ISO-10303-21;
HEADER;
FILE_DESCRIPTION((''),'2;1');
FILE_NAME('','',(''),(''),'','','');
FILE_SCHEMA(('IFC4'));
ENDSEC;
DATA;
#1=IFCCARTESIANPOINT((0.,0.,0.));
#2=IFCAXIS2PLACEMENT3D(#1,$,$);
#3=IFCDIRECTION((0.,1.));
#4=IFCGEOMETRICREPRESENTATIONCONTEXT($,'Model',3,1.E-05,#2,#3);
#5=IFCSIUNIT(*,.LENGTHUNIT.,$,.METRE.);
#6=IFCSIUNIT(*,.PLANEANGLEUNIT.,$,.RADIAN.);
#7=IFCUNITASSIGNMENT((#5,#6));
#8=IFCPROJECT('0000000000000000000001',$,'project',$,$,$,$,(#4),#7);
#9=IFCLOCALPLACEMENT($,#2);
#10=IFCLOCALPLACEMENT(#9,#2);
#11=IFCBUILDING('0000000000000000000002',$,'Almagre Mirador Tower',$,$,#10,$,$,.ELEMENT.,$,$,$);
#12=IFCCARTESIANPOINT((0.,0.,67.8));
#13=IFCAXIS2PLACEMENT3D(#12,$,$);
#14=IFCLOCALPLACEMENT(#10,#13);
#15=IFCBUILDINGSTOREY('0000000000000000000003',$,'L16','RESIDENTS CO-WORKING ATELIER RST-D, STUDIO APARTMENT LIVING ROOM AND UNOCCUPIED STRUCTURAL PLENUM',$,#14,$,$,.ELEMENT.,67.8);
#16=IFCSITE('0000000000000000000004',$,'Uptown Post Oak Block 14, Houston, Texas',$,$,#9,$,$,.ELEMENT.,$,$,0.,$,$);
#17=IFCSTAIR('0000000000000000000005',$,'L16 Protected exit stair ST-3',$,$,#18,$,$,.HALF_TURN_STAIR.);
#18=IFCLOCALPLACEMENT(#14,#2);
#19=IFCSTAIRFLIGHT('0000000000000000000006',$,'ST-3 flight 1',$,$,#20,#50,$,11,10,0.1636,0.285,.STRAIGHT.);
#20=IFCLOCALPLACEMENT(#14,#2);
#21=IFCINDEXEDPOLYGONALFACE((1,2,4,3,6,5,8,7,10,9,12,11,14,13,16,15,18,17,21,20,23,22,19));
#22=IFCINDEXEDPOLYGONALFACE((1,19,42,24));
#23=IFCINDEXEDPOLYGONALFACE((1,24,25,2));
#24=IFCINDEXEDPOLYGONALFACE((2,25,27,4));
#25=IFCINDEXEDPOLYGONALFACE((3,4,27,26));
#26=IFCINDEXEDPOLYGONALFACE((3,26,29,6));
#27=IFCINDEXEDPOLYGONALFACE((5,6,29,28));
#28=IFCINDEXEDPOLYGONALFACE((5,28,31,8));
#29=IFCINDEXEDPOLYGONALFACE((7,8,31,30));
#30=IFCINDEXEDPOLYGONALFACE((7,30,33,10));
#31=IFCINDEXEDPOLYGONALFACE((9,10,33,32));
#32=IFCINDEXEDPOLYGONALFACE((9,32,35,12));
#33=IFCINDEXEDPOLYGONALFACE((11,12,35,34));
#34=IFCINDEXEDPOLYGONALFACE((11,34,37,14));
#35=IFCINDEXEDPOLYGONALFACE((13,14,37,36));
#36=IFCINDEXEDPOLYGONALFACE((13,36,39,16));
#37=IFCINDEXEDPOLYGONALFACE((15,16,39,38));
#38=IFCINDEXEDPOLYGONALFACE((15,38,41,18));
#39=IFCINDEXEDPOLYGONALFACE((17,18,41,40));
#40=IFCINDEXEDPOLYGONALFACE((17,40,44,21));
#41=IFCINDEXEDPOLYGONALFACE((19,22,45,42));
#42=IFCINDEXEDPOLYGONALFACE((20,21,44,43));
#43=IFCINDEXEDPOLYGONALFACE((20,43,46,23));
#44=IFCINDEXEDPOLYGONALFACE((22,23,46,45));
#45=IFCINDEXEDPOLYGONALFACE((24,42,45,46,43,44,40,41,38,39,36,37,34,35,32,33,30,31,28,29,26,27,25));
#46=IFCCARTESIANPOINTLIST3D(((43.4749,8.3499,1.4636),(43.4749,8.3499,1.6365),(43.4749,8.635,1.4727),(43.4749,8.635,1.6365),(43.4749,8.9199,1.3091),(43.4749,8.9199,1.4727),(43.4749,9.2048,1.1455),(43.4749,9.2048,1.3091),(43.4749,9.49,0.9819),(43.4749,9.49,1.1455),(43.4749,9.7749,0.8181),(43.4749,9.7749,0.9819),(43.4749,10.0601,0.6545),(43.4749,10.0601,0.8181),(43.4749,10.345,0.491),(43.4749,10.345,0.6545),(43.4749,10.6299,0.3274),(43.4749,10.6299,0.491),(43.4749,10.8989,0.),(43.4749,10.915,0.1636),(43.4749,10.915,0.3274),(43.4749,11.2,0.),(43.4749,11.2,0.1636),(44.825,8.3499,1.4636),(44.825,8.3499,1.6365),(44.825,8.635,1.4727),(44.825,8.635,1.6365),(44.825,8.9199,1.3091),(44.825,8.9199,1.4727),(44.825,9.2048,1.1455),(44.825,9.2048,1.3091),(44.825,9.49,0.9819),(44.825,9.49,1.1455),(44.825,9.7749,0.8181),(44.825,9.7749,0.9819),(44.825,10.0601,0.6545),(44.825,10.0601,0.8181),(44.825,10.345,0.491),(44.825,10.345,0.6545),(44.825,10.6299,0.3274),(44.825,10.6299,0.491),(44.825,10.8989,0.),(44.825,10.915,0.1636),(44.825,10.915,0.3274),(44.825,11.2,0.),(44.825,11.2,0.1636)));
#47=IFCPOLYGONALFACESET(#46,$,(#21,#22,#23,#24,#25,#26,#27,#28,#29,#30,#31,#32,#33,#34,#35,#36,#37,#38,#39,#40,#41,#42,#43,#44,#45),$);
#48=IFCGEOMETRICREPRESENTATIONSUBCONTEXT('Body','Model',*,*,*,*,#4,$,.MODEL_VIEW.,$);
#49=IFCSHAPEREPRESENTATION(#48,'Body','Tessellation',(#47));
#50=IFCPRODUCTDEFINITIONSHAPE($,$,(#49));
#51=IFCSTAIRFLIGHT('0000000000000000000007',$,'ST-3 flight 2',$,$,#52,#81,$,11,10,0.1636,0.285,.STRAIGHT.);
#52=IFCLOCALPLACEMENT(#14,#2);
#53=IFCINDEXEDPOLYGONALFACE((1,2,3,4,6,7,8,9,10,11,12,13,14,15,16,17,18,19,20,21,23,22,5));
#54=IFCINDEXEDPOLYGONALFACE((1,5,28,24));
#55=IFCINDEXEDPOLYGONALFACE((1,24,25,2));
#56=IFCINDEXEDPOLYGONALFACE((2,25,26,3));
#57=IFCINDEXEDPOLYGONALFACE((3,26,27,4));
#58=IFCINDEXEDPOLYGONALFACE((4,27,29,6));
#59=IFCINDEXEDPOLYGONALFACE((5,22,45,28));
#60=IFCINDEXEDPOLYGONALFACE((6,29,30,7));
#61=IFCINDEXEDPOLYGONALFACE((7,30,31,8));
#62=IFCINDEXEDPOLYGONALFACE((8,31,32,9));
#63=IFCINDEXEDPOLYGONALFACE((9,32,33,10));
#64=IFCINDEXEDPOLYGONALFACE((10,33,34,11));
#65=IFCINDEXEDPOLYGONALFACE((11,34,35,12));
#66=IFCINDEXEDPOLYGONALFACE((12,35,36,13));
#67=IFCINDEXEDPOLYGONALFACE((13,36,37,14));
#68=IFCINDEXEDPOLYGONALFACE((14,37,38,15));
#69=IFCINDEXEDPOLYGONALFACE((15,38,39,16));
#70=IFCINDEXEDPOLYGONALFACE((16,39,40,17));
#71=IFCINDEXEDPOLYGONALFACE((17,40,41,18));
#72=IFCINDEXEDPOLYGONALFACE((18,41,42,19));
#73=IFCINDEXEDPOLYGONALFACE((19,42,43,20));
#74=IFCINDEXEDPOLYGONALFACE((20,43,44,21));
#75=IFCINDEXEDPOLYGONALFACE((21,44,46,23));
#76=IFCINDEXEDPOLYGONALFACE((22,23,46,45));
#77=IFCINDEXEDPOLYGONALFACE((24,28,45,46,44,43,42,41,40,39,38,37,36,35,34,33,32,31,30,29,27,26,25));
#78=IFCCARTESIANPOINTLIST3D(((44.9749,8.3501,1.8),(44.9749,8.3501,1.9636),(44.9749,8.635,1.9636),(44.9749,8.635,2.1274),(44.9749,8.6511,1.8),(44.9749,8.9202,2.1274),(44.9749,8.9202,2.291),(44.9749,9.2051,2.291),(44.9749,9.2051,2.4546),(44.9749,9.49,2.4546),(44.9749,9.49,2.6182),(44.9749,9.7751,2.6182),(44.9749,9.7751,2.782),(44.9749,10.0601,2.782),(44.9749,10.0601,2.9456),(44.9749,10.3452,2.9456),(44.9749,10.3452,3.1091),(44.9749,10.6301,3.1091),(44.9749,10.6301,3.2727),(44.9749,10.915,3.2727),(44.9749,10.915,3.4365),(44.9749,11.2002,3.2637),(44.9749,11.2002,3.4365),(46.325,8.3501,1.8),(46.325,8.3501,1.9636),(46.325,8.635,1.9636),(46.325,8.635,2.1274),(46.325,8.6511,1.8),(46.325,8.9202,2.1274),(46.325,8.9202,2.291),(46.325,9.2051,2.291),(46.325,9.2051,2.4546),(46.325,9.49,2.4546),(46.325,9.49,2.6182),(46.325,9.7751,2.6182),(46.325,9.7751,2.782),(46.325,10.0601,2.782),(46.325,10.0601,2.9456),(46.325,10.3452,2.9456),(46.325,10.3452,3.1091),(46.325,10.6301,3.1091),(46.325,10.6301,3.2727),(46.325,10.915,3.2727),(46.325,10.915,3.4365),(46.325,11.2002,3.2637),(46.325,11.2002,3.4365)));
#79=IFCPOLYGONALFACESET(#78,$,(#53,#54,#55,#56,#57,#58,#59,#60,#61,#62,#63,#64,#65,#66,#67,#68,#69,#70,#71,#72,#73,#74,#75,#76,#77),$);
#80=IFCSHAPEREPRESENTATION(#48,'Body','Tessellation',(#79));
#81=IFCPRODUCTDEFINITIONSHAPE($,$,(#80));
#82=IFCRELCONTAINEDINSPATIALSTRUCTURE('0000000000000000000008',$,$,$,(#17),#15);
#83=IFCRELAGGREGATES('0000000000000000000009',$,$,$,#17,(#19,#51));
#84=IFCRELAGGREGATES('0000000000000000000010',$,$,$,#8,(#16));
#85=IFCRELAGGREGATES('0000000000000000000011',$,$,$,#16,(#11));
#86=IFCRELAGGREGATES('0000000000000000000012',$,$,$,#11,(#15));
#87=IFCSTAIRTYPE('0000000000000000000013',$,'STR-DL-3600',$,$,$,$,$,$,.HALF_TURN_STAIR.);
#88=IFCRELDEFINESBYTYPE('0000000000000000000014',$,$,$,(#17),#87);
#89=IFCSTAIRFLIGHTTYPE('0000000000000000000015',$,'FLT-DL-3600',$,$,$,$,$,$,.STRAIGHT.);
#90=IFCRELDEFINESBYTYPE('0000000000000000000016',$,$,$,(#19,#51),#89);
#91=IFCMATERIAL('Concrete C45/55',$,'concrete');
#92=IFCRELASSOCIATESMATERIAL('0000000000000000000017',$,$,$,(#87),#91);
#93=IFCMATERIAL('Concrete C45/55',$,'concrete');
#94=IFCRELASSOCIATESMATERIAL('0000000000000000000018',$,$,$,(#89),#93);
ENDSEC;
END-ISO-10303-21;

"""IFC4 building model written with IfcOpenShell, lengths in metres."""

from ifc_helpers import new_model, si_unit, direction, frame, origin, place, context, subcontext, project, spatial, polyline, outline, extrude, material, type_object, element, aggregate, save


model = new_model("IFC4")

# Units and contexts
model_context = context("Model", 3, precision=1e-05, world=origin(), true_north=direction((0.0, 1.0)))
body_context = subcontext(model_context, "Body", "Model", "MODEL_VIEW")
ifc_project = project(units=[si_unit("LENGTHUNIT", "METRE"), si_unit("PLANEANGLEUNIT", "RADIAN")], contexts=[model_context])

# Site, building, storey
site_placement = place(None, origin())
site = spatial("IfcSite", under=ifc_project, at=site_placement, Name="Uptown Post Oak Block 14, Houston, Texas", CompositionType="ELEMENT", RefElevation=0.0)
building_placement = place(site_placement, origin())
building = spatial("IfcBuilding", under=site, at=building_placement, Name="Almagre Mirador Tower", CompositionType="ELEMENT")
storey_placement = place(building_placement, frame((0.0, 0.0, 67.8)))
storey = spatial("IfcBuildingStorey", under=building, at=storey_placement, Name="L16", Description="RESIDENTS CO-WORKING ATELIER RST-D, STUDIO APARTMENT LIVING ROOM AND UNOCCUPIED STRUCTURAL PLENUM", CompositionType="ELEMENT", Elevation=67.8)

# Stair, stair flights
ifc_material_1 = material(Name="Concrete C45/55", Category="concrete")
stair_type = type_object("IfcStairType", Name="STR-DL-3600", PredefinedType="HALF_TURN_STAIR", material=ifc_material_1)
ifc_material_2 = material(Name="Concrete C45/55", Category="concrete")
stair_flight_type = type_object("IfcStairFlightType", Name="FLT-DL-3600", PredefinedType="STRAIGHT", material=ifc_material_2)
stair_1_placement = place(storey_placement, origin())
stair_1 = element("IfcStair", 1, at=stair_1_placement, inside=storey, type_object=stair_type, Name="L16 Protected exit stair ST-3", PredefinedType="HALF_TURN_STAIR")
stair_flight_1_placement = place(storey_placement, frame((44.1499, 11.2, 0.0), z_axis=(0.0, 0.0, 1.0), x_axis=(0.0, -1.0, 0.0)))
stair_flight_1 = element("IfcStairFlight", 2, at=stair_flight_1_placement, type_object=stair_flight_type, Name="ST-3 flight 1", NumberOfRisers=11, NumberOfTreads=10, PredefinedType="STRAIGHT", RiserHeight=0.1636, TreadLength=0.285, context=body_context, shape_type="SweptSolid", body=[
    extrude(outline(polyline([(0.0, 0.0), (0.0, 0.1636), (0.2849, 0.1636), (0.2849, 0.3274), (0.5701, 0.3274), (0.5701, 0.491), (0.855, 0.491), (0.855, 0.6545), (1.1399, 0.6545), (1.1399, 0.8181), (1.425, 0.8181), (1.425, 0.9819), (1.71, 0.9819), (1.71, 1.1455), (1.9951, 1.1455), (1.9951, 1.3091), (2.28, 1.3091), (2.28, 1.4727), (2.5649, 1.4727), (2.5649, 1.6365), (2.8501, 1.6365), (2.8501, 1.8), (2.8501, 1.4636), (0.301, 0.0), (0.0, 0.0)])), frame((0.0, 0.675, 0.0), z_axis=(0.0, -1.0, 0.0), x_axis=(1.0, 0.0, 0.0)), (0.0, 0.0, 1.0), 1.3501),
])
stair_flight_2_placement = place(storey_placement, frame((45.6499, 8.3501, 1.8), z_axis=(0.0, 0.0, 1.0), x_axis=(0.0, 1.0, 0.0)))
stair_flight_2 = element("IfcStairFlight", 3, at=stair_flight_2_placement, type_object=stair_flight_type, Name="ST-3 flight 2", NumberOfRisers=11, NumberOfTreads=10, PredefinedType="STRAIGHT", RiserHeight=0.1636, TreadLength=0.285, context=body_context, shape_type="SweptSolid", body=[
    extrude(outline(polyline([(0.0, 0.0), (0.0, 0.1636), (0.2849, 0.1636), (0.2849, 0.3274), (0.5701, 0.3274), (0.5701, 0.491), (0.855, 0.491), (0.855, 0.6545), (1.1399, 0.6545), (1.1399, 0.8181), (1.425, 0.8181), (1.425, 0.9819), (1.71, 0.9819), (1.71, 1.1455), (1.9951, 1.1455), (1.9951, 1.3091), (2.28, 1.3091), (2.28, 1.4727), (2.5649, 1.4727), (2.5649, 1.6365), (2.8501, 1.6365), (2.8501, 1.8), (2.8501, 1.4636), (0.301, 0.0), (0.0, 0.0)])), frame((0.0, 0.675, 0.0), z_axis=(0.0, -1.0, 0.0), x_axis=(1.0, 0.0, 0.0)), (0.0, 0.0, 1.0), 1.3501),
])
aggregate(stair_1, [stair_flight_1, stair_flight_2])

save(model, "model.ifc")
